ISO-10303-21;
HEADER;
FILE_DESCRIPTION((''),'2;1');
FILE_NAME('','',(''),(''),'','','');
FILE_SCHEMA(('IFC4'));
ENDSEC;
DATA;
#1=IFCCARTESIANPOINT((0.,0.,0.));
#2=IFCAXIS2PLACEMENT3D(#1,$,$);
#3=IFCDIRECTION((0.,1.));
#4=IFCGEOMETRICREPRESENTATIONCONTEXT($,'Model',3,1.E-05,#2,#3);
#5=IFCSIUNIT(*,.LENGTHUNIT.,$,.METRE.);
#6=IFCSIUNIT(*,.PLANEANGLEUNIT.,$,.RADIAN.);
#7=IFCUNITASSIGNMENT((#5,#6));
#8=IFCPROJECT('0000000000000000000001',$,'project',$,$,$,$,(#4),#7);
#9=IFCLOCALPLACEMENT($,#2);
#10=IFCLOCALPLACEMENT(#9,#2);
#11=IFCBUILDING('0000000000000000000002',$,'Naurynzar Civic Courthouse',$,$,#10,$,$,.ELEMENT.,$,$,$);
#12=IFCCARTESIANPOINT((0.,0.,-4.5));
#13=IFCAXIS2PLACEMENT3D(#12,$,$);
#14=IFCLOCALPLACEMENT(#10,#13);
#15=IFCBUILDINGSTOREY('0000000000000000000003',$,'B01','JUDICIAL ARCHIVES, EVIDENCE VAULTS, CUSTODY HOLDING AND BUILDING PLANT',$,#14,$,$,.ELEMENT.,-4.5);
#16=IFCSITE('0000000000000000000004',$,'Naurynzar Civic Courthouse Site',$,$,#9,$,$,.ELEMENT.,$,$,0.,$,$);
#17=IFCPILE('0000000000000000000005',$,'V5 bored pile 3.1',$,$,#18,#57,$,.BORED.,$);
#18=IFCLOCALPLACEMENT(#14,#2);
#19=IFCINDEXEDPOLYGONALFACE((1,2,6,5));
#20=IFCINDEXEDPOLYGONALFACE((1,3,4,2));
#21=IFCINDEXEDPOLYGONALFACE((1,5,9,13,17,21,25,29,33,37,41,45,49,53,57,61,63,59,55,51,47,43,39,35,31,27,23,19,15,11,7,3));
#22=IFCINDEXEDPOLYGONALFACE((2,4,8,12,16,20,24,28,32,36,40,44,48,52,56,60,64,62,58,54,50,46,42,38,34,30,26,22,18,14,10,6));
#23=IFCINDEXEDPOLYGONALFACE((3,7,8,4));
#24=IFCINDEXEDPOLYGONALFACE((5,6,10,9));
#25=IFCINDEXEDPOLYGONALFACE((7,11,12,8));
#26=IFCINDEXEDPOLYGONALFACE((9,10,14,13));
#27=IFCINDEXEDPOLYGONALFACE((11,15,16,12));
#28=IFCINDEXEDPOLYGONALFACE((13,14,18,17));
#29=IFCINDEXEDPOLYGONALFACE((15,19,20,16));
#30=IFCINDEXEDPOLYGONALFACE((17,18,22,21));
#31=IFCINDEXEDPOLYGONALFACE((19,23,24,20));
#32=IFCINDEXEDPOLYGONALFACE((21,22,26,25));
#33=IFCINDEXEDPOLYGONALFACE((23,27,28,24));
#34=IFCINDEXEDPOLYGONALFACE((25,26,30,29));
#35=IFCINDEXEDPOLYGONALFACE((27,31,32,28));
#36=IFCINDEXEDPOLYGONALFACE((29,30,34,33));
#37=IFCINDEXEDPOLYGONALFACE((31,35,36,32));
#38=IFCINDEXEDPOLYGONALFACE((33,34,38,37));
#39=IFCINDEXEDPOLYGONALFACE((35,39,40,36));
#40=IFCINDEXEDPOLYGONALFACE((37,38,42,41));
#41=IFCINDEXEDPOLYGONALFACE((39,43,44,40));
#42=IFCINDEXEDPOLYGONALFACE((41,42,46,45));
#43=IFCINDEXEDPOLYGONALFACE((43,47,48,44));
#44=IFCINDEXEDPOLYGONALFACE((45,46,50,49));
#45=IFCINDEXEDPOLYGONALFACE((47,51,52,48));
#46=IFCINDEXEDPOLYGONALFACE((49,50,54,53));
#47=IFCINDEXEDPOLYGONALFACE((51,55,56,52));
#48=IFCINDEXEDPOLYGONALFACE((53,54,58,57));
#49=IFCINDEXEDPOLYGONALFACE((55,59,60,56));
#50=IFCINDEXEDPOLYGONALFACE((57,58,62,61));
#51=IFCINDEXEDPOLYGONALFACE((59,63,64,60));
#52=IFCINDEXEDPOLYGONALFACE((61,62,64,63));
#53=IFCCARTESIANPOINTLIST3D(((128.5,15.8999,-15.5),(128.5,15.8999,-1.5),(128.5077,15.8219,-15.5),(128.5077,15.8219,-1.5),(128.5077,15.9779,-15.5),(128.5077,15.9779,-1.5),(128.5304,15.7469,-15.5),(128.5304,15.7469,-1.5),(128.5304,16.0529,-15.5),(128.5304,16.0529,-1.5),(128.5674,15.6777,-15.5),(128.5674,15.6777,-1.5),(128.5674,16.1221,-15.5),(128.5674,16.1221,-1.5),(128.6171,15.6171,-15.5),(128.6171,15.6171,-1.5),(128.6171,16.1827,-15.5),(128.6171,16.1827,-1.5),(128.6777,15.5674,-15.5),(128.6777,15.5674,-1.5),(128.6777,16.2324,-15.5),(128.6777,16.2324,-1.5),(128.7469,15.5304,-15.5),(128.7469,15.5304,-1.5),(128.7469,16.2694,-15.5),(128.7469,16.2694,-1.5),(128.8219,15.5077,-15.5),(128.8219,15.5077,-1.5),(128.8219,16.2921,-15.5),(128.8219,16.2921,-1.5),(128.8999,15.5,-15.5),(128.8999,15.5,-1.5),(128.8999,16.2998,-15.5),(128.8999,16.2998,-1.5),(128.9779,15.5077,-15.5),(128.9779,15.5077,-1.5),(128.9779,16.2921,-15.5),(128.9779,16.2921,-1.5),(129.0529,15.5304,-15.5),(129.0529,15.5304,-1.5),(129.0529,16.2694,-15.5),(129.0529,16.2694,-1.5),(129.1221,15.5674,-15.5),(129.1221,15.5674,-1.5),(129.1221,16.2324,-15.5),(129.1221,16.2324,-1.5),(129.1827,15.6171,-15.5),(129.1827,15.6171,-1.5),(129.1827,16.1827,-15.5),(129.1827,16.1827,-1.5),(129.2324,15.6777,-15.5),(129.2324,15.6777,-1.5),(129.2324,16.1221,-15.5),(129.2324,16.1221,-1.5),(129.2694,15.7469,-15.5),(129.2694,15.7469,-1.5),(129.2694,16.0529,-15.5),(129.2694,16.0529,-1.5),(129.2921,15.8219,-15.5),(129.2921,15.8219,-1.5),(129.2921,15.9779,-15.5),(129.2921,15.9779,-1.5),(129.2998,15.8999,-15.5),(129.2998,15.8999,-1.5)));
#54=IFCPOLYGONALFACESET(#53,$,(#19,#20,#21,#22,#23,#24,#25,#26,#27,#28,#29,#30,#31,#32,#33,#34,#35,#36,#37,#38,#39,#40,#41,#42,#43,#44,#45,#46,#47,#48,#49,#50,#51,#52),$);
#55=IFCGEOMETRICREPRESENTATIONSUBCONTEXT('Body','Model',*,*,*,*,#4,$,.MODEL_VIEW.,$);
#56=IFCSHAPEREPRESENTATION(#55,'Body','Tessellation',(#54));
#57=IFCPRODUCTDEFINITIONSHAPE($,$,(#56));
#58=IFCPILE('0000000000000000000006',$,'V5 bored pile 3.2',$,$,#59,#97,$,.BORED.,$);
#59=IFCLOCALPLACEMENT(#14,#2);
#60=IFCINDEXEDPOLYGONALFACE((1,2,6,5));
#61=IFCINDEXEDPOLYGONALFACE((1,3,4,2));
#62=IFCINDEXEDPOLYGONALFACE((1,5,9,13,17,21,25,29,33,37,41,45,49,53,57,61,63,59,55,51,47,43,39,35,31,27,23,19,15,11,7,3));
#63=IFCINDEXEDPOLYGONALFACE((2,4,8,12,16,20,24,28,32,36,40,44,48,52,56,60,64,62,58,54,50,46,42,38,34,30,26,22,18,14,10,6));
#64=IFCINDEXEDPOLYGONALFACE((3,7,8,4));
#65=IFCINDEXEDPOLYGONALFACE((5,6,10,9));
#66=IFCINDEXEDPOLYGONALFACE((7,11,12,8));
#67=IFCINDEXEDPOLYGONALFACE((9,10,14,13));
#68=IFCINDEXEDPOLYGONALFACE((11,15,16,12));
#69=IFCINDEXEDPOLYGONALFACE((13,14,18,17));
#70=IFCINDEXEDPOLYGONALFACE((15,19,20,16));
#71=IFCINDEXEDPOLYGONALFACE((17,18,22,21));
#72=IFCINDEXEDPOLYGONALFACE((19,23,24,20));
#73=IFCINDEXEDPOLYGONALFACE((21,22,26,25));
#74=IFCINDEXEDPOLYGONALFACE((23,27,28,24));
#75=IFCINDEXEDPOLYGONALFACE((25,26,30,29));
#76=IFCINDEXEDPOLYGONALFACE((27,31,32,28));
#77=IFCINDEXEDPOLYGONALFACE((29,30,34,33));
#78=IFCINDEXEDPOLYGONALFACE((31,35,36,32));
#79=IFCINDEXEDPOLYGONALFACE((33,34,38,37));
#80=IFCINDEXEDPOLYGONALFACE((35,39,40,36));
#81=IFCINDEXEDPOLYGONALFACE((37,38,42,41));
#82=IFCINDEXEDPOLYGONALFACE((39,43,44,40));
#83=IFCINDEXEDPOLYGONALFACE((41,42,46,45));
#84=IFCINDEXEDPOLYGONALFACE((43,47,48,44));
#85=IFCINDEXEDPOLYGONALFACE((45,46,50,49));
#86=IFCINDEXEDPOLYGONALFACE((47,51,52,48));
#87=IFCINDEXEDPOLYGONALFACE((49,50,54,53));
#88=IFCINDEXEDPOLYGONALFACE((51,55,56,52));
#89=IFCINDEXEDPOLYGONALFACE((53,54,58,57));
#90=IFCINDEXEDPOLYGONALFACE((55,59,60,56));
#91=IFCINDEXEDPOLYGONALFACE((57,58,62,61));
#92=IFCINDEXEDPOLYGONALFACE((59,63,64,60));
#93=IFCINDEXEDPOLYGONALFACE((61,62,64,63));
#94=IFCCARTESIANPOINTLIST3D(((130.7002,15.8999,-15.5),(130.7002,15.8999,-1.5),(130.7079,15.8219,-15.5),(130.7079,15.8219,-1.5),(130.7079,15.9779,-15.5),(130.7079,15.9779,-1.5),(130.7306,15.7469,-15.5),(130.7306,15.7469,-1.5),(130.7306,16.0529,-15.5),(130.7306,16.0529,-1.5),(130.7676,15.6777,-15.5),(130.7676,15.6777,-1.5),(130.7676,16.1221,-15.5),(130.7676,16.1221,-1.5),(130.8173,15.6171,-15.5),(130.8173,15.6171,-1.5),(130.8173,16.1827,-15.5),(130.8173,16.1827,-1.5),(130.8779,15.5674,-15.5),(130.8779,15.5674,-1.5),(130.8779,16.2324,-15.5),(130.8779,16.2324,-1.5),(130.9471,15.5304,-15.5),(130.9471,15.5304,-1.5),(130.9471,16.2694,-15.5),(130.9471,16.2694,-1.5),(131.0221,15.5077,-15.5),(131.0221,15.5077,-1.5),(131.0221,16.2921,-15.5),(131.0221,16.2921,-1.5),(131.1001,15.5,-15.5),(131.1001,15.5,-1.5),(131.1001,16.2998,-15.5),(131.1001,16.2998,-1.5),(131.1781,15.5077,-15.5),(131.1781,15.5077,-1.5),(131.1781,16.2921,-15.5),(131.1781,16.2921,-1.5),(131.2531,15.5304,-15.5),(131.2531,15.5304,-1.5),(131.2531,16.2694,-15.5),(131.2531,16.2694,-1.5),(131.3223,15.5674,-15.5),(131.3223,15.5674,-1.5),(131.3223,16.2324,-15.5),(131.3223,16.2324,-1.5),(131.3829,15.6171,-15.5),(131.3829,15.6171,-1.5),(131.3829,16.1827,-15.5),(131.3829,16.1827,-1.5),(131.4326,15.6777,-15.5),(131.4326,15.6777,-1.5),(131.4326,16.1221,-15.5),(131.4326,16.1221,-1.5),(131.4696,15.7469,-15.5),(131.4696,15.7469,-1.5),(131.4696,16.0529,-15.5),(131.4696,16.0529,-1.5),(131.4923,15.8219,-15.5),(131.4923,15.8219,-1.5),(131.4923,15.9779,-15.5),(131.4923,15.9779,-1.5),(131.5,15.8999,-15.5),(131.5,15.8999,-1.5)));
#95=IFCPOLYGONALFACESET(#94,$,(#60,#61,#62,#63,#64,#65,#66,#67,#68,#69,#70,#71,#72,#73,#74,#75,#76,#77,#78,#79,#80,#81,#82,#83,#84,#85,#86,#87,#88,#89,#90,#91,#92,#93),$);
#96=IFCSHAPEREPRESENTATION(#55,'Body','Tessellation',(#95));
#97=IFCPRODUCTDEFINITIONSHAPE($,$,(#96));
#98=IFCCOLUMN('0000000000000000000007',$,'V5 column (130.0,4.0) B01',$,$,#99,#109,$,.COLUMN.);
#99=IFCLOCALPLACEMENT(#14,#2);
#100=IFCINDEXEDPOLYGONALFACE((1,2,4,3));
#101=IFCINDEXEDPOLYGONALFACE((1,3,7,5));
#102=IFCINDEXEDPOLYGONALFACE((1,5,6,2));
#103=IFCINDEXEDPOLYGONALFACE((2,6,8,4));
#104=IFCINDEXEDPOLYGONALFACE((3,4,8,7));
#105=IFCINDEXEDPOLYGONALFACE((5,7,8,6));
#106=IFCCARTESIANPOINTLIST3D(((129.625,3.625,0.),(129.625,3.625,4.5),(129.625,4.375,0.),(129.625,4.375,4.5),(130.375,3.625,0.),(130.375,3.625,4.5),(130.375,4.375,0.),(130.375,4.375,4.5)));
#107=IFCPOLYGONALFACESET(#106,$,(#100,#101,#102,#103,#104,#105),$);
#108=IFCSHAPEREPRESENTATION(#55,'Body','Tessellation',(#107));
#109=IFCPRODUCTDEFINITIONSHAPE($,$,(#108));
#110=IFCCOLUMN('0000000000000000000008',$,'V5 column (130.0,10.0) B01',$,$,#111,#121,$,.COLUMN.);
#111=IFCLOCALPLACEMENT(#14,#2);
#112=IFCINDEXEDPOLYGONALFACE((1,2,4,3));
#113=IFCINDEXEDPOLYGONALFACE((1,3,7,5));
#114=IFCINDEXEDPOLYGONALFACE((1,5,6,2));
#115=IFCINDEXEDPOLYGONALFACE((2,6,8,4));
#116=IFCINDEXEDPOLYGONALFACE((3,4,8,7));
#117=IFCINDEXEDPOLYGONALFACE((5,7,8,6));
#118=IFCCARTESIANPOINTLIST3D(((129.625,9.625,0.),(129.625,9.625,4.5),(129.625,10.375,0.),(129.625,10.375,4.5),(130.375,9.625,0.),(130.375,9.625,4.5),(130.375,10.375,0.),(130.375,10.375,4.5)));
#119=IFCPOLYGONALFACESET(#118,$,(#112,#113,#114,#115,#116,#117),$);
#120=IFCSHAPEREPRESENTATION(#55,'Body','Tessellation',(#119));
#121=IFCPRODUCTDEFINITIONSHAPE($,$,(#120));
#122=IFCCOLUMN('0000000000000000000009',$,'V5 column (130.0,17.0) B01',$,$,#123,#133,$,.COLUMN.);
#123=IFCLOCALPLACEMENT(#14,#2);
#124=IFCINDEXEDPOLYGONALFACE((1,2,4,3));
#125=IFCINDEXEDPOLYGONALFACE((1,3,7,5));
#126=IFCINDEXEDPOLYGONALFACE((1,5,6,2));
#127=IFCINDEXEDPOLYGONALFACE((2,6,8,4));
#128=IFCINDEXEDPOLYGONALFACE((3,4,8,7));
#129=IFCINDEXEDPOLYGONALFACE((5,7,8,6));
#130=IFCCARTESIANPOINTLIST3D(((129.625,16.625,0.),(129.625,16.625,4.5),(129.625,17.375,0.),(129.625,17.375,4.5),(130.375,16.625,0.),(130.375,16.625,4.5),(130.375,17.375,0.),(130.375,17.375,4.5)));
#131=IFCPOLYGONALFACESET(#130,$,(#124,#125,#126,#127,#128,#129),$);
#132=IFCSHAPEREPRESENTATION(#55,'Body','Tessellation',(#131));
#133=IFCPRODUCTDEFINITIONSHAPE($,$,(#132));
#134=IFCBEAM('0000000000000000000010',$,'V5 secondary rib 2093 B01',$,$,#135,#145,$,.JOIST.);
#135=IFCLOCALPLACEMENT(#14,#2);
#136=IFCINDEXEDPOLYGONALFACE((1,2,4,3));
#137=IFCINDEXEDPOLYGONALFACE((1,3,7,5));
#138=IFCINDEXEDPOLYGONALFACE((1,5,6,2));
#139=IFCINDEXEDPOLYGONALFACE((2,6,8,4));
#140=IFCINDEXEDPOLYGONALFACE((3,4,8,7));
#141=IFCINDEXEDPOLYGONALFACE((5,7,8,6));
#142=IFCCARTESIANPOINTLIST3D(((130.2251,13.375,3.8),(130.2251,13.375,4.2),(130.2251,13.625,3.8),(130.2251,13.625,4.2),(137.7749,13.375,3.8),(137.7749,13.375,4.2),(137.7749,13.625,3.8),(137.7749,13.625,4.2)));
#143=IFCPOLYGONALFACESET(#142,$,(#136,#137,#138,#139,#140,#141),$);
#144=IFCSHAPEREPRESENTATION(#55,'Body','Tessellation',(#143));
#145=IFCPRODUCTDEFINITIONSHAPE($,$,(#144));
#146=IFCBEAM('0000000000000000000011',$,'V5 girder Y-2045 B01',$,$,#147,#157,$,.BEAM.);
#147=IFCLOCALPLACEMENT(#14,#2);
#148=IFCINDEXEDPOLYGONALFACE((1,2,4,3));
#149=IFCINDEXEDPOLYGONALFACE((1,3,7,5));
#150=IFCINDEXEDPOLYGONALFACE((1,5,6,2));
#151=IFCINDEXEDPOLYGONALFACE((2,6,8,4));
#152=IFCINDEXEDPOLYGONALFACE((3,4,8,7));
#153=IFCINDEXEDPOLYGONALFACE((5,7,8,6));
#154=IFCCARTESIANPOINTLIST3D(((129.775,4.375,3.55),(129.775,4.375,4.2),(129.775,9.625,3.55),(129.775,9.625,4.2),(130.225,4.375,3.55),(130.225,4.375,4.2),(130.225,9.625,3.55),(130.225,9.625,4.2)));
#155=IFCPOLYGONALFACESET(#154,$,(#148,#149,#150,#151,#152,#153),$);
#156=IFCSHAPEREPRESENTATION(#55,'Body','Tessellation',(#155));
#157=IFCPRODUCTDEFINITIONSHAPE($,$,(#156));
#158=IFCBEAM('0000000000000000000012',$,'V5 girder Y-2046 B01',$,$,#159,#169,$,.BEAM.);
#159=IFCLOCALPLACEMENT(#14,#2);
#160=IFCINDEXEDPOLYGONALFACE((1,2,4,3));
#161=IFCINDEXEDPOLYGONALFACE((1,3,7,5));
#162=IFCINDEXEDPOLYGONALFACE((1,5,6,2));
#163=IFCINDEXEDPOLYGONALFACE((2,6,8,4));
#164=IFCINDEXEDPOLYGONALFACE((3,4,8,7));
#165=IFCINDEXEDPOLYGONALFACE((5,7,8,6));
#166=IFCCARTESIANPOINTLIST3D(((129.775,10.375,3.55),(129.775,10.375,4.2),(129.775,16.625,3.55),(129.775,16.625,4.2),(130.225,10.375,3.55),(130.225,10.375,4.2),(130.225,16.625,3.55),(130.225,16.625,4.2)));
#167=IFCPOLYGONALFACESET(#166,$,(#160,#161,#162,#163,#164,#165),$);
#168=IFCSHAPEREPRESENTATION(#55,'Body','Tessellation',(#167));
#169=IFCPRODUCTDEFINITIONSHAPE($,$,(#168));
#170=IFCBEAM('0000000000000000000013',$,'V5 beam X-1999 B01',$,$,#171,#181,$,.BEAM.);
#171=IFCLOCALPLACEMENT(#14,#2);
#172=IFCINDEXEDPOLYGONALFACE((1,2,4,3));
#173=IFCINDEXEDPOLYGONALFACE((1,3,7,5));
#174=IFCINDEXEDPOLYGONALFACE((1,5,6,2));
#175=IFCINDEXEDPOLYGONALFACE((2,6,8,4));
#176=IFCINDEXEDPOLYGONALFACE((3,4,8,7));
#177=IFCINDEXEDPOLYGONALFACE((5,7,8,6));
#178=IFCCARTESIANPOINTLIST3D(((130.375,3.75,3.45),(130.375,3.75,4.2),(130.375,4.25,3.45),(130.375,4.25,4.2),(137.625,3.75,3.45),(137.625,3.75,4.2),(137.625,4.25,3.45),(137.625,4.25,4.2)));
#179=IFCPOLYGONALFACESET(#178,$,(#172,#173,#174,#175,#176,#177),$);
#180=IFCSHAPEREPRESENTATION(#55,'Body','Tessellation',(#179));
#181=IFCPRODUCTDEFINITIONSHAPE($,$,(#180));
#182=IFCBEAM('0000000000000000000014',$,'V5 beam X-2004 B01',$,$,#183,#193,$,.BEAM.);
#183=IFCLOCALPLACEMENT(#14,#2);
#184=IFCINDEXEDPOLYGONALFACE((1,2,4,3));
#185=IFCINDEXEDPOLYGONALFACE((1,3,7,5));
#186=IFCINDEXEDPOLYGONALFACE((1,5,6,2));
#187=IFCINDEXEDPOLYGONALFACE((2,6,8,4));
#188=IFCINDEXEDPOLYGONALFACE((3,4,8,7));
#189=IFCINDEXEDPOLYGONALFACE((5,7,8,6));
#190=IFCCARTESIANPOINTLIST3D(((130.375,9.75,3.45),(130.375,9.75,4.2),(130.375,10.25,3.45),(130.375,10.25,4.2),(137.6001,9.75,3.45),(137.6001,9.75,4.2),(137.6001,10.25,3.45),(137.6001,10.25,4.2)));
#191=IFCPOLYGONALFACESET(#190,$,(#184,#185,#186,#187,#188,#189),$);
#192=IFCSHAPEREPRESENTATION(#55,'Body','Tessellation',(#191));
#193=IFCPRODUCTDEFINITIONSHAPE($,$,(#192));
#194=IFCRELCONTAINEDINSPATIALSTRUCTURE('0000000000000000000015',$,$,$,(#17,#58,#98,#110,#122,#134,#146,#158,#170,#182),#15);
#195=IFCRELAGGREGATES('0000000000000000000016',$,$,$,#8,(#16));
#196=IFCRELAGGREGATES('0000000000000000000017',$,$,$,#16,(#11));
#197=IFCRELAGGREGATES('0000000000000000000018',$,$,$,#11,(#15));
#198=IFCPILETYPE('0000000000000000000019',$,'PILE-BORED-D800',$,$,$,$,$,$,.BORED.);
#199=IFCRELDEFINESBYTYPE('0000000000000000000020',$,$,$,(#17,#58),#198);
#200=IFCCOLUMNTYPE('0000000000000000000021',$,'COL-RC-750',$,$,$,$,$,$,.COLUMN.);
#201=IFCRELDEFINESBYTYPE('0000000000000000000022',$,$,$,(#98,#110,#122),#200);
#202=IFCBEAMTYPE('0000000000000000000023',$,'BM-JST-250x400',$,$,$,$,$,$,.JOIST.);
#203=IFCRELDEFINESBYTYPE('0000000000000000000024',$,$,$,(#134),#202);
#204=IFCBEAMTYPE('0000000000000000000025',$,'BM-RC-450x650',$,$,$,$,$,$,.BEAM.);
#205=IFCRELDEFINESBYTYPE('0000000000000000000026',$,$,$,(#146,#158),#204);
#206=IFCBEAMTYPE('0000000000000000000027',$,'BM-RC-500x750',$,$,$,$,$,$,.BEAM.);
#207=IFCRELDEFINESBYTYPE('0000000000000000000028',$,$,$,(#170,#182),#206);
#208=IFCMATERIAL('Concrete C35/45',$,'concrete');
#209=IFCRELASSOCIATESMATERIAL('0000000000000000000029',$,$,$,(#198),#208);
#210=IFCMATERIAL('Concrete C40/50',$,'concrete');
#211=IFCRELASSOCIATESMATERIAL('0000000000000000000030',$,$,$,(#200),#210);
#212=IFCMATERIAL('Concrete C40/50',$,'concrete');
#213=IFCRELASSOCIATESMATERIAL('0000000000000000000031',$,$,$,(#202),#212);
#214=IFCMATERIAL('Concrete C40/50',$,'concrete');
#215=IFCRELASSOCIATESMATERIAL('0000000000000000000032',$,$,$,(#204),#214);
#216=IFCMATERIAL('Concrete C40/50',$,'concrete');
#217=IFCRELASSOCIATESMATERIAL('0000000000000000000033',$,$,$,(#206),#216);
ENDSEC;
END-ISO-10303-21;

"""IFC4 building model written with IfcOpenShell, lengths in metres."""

from ifc_helpers import new_model, si_unit, direction, frame, origin, origin_2d, place, context, subcontext, project, spatial, rectangle, circle, extrude, material, material_profile, profile_set, type_object, element, save


model = new_model("IFC4")

# Units and contexts
model_context = context("Model", 3, precision=1e-05, world=origin(), true_north=direction((0.0, 1.0)))
body_context = subcontext(model_context, "Body", "Model", "MODEL_VIEW")
ifc_project = project(units=[si_unit("LENGTHUNIT", "METRE"), si_unit("PLANEANGLEUNIT", "RADIAN")], contexts=[model_context])

# Site, building, storey
site_placement = place(None, origin())
site = spatial("IfcSite", under=ifc_project, at=site_placement, Name="Naurynzar Civic Courthouse Site", CompositionType="ELEMENT", RefElevation=0.0)
building_placement = place(site_placement, origin())
building = spatial("IfcBuilding", under=site, at=building_placement, Name="Naurynzar Civic Courthouse", CompositionType="ELEMENT")
storey_placement = place(building_placement, frame((0.0, 0.0, -4.5)))
storey = spatial("IfcBuildingStorey", under=building, at=storey_placement, Name="B01", Description="JUDICIAL ARCHIVES, EVIDENCE VAULTS, CUSTODY HOLDING AND BUILDING PLANT", CompositionType="ELEMENT", Elevation=-4.5)

# Piles
ifc_material_1 = material(Name="Concrete C35/45", Category="concrete")
ifc_material_profile_1 = material_profile(ifc_material_1, circle(Radius=0.3999, at=origin_2d()), Name="PILE D800")
ifc_profile_set_1 = profile_set([ifc_material_profile_1], Name="Concrete C35/45")
pile_type = type_object("IfcPileType", Name="PILE-BORED-D800", PredefinedType="BORED", material=ifc_profile_set_1)
for number, where, z_axis, x_axis, name in (
    (1, (128.8999, 15.8999, -1.5), (0.0, 0.0, -1.0), (1.0, 0.0, 0.0), "V5 bored pile 3.1"),
    (2, (131.1001, 15.8999, -1.5), (0.0, 0.0, -1.0), (1.0, 0.0, 0.0), "V5 bored pile 3.2"),
):
    element("IfcPile", number, at=place(storey_placement, frame(where, z_axis=z_axis, x_axis=x_axis)), inside=storey, type_object=pile_type, Name=name, PredefinedType="BORED", context=body_context, shape_type="SweptSolid", body=[
        extrude(circle(Radius=0.3999, at=origin_2d()), origin(), (0.0, 0.0, 1.0), 14.0),
    ])

# Columns
ifc_material_2 = material(Name="Concrete C40/50", Category="concrete")
ifc_material_profile_2 = material_profile(ifc_material_2, rectangle(XDim=0.75, YDim=0.75, at=origin_2d()), Name="RC 750x750")
ifc_profile_set_2 = profile_set([ifc_material_profile_2], Name="Concrete C40/50")
column_type = type_object("IfcColumnType", Name="COL-RC-750", PredefinedType="COLUMN", material=ifc_profile_set_2)
for number, where, z_axis, x_axis, name in (
    (3, (130.0, 4.0, 0.0), (0.0, 0.0, 1.0), (1.0, 0.0, 0.0), "V5 column (130.0,4.0) B01"),
    (4, (130.0, 10.0, 0.0), (0.0, 0.0, 1.0), (1.0, 0.0, 0.0), "V5 column (130.0,10.0) B01"),
    (5, (130.0, 17.0, 0.0), (0.0, 0.0, 1.0), (1.0, 0.0, 0.0), "V5 column (130.0,17.0) B01"),
):
    element("IfcColumn", number, at=place(storey_placement, frame(where, z_axis=z_axis, x_axis=x_axis)), inside=storey, type_object=column_type, Name=name, PredefinedType="COLUMN", context=body_context, shape_type="SweptSolid", body=[
        extrude(rectangle(XDim=0.75, YDim=0.75, at=origin_2d()), origin(), (0.0, 0.0, 1.0), 4.5),
    ])

# Beams
ifc_material_3 = material(Name="Concrete C40/50", Category="concrete")
ifc_material_profile_3 = material_profile(ifc_material_3, rectangle(XDim=0.25, YDim=0.3999, at=origin_2d()), Name="RCB 250x400")
ifc_profile_set_3 = profile_set([ifc_material_profile_3], Name="Concrete C40/50")
beam_type_1 = type_object("IfcBeamType", Name="BM-JST-250x400", PredefinedType="JOIST", material=ifc_profile_set_3)
beam_1_placement = place(storey_placement, frame((130.2251, 13.5, 4.0), z_axis=(1.0, 0.0, 0.0), x_axis=(0.0, 1.0, 0.0)))
element("IfcBeam", 6, at=beam_1_placement, inside=storey, type_object=beam_type_1, Name="V5 secondary rib 2093 B01", PredefinedType="JOIST", context=body_context, shape_type="SweptSolid", body=[
    extrude(rectangle(XDim=0.25, YDim=0.3999, at=origin_2d()), origin(), (0.0, 0.0, 1.0), 7.5498),
])
ifc_material_4 = material(Name="Concrete C40/50", Category="concrete")
ifc_material_profile_4 = material_profile(ifc_material_4, rectangle(XDim=0.45, YDim=0.6499, at=origin_2d()), Name="RCB 450x650")
ifc_profile_set_4 = profile_set([ifc_material_profile_4], Name="Concrete C40/50")
beam_type_2 = type_object("IfcBeamType", Name="BM-RC-450x650", PredefinedType="BEAM", material=ifc_profile_set_4)
beam_2_placement = place(storey_placement, frame((130.0, 4.375, 3.875), z_axis=(0.0, 1.0, 0.0), x_axis=(-1.0, 0.0, 0.0)))
element("IfcBeam", 7, at=beam_2_placement, inside=storey, type_object=beam_type_2, Name="V5 girder Y-2045 B01", PredefinedType="BEAM", context=body_context, shape_type="SweptSolid", body=[
    extrude(rectangle(XDim=0.45, YDim=0.6499, at=origin_2d()), origin(), (0.0, 0.0, 1.0), 5.25),
])
beam_3_placement = place(storey_placement, frame((130.0, 10.375, 3.875), z_axis=(0.0, 1.0, 0.0), x_axis=(-1.0, 0.0, 0.0)))
element("IfcBeam", 8, at=beam_3_placement, inside=storey, type_object=beam_type_2, Name="V5 girder Y-2046 B01", PredefinedType="BEAM", context=body_context, shape_type="SweptSolid", body=[
    extrude(rectangle(XDim=0.45, YDim=0.6499, at=origin_2d()), origin(), (0.0, 0.0, 1.0), 6.25),
])
ifc_material_5 = material(Name="Concrete C40/50", Category="concrete")
ifc_material_profile_5 = material_profile(ifc_material_5, rectangle(XDim=0.5, YDim=0.75, at=origin_2d()), Name="RCB 500x750")
ifc_profile_set_5 = profile_set([ifc_material_profile_5], Name="Concrete C40/50")
beam_type_3 = type_object("IfcBeamType", Name="BM-RC-500x750", PredefinedType="BEAM", material=ifc_profile_set_5)
beam_4_placement = place(storey_placement, frame((130.375, 4.0, 3.825), z_axis=(1.0, 0.0, 0.0), x_axis=(0.0, 1.0, 0.0)))
element("IfcBeam", 9, at=beam_4_placement, inside=storey, type_object=beam_type_3, Name="V5 beam X-1999 B01", PredefinedType="BEAM", context=body_context, shape_type="SweptSolid", body=[
    extrude(rectangle(XDim=0.5, YDim=0.75, at=origin_2d()), origin(), (0.0, 0.0, 1.0), 7.25),
])
for number, where, z_axis, x_axis, name in (
    (10, (130.375, 10.0, 3.825), (1.0, 0.0, 0.0), (0.0, 1.0, 0.0), "V5 beam X-2004 B01"),
):
    element("IfcBeam", number, at=place(storey_placement, frame(where, z_axis=z_axis, x_axis=x_axis)), inside=storey, type_object=beam_type_3, Name=name, PredefinedType="BEAM", context=body_context, shape_type="SweptSolid", body=[
        extrude(rectangle(XDim=0.5, YDim=0.75, at=origin_2d()), origin(), (0.0, 0.0, 1.0), 7.2251),
    ])

save(model, "model.ifc")
